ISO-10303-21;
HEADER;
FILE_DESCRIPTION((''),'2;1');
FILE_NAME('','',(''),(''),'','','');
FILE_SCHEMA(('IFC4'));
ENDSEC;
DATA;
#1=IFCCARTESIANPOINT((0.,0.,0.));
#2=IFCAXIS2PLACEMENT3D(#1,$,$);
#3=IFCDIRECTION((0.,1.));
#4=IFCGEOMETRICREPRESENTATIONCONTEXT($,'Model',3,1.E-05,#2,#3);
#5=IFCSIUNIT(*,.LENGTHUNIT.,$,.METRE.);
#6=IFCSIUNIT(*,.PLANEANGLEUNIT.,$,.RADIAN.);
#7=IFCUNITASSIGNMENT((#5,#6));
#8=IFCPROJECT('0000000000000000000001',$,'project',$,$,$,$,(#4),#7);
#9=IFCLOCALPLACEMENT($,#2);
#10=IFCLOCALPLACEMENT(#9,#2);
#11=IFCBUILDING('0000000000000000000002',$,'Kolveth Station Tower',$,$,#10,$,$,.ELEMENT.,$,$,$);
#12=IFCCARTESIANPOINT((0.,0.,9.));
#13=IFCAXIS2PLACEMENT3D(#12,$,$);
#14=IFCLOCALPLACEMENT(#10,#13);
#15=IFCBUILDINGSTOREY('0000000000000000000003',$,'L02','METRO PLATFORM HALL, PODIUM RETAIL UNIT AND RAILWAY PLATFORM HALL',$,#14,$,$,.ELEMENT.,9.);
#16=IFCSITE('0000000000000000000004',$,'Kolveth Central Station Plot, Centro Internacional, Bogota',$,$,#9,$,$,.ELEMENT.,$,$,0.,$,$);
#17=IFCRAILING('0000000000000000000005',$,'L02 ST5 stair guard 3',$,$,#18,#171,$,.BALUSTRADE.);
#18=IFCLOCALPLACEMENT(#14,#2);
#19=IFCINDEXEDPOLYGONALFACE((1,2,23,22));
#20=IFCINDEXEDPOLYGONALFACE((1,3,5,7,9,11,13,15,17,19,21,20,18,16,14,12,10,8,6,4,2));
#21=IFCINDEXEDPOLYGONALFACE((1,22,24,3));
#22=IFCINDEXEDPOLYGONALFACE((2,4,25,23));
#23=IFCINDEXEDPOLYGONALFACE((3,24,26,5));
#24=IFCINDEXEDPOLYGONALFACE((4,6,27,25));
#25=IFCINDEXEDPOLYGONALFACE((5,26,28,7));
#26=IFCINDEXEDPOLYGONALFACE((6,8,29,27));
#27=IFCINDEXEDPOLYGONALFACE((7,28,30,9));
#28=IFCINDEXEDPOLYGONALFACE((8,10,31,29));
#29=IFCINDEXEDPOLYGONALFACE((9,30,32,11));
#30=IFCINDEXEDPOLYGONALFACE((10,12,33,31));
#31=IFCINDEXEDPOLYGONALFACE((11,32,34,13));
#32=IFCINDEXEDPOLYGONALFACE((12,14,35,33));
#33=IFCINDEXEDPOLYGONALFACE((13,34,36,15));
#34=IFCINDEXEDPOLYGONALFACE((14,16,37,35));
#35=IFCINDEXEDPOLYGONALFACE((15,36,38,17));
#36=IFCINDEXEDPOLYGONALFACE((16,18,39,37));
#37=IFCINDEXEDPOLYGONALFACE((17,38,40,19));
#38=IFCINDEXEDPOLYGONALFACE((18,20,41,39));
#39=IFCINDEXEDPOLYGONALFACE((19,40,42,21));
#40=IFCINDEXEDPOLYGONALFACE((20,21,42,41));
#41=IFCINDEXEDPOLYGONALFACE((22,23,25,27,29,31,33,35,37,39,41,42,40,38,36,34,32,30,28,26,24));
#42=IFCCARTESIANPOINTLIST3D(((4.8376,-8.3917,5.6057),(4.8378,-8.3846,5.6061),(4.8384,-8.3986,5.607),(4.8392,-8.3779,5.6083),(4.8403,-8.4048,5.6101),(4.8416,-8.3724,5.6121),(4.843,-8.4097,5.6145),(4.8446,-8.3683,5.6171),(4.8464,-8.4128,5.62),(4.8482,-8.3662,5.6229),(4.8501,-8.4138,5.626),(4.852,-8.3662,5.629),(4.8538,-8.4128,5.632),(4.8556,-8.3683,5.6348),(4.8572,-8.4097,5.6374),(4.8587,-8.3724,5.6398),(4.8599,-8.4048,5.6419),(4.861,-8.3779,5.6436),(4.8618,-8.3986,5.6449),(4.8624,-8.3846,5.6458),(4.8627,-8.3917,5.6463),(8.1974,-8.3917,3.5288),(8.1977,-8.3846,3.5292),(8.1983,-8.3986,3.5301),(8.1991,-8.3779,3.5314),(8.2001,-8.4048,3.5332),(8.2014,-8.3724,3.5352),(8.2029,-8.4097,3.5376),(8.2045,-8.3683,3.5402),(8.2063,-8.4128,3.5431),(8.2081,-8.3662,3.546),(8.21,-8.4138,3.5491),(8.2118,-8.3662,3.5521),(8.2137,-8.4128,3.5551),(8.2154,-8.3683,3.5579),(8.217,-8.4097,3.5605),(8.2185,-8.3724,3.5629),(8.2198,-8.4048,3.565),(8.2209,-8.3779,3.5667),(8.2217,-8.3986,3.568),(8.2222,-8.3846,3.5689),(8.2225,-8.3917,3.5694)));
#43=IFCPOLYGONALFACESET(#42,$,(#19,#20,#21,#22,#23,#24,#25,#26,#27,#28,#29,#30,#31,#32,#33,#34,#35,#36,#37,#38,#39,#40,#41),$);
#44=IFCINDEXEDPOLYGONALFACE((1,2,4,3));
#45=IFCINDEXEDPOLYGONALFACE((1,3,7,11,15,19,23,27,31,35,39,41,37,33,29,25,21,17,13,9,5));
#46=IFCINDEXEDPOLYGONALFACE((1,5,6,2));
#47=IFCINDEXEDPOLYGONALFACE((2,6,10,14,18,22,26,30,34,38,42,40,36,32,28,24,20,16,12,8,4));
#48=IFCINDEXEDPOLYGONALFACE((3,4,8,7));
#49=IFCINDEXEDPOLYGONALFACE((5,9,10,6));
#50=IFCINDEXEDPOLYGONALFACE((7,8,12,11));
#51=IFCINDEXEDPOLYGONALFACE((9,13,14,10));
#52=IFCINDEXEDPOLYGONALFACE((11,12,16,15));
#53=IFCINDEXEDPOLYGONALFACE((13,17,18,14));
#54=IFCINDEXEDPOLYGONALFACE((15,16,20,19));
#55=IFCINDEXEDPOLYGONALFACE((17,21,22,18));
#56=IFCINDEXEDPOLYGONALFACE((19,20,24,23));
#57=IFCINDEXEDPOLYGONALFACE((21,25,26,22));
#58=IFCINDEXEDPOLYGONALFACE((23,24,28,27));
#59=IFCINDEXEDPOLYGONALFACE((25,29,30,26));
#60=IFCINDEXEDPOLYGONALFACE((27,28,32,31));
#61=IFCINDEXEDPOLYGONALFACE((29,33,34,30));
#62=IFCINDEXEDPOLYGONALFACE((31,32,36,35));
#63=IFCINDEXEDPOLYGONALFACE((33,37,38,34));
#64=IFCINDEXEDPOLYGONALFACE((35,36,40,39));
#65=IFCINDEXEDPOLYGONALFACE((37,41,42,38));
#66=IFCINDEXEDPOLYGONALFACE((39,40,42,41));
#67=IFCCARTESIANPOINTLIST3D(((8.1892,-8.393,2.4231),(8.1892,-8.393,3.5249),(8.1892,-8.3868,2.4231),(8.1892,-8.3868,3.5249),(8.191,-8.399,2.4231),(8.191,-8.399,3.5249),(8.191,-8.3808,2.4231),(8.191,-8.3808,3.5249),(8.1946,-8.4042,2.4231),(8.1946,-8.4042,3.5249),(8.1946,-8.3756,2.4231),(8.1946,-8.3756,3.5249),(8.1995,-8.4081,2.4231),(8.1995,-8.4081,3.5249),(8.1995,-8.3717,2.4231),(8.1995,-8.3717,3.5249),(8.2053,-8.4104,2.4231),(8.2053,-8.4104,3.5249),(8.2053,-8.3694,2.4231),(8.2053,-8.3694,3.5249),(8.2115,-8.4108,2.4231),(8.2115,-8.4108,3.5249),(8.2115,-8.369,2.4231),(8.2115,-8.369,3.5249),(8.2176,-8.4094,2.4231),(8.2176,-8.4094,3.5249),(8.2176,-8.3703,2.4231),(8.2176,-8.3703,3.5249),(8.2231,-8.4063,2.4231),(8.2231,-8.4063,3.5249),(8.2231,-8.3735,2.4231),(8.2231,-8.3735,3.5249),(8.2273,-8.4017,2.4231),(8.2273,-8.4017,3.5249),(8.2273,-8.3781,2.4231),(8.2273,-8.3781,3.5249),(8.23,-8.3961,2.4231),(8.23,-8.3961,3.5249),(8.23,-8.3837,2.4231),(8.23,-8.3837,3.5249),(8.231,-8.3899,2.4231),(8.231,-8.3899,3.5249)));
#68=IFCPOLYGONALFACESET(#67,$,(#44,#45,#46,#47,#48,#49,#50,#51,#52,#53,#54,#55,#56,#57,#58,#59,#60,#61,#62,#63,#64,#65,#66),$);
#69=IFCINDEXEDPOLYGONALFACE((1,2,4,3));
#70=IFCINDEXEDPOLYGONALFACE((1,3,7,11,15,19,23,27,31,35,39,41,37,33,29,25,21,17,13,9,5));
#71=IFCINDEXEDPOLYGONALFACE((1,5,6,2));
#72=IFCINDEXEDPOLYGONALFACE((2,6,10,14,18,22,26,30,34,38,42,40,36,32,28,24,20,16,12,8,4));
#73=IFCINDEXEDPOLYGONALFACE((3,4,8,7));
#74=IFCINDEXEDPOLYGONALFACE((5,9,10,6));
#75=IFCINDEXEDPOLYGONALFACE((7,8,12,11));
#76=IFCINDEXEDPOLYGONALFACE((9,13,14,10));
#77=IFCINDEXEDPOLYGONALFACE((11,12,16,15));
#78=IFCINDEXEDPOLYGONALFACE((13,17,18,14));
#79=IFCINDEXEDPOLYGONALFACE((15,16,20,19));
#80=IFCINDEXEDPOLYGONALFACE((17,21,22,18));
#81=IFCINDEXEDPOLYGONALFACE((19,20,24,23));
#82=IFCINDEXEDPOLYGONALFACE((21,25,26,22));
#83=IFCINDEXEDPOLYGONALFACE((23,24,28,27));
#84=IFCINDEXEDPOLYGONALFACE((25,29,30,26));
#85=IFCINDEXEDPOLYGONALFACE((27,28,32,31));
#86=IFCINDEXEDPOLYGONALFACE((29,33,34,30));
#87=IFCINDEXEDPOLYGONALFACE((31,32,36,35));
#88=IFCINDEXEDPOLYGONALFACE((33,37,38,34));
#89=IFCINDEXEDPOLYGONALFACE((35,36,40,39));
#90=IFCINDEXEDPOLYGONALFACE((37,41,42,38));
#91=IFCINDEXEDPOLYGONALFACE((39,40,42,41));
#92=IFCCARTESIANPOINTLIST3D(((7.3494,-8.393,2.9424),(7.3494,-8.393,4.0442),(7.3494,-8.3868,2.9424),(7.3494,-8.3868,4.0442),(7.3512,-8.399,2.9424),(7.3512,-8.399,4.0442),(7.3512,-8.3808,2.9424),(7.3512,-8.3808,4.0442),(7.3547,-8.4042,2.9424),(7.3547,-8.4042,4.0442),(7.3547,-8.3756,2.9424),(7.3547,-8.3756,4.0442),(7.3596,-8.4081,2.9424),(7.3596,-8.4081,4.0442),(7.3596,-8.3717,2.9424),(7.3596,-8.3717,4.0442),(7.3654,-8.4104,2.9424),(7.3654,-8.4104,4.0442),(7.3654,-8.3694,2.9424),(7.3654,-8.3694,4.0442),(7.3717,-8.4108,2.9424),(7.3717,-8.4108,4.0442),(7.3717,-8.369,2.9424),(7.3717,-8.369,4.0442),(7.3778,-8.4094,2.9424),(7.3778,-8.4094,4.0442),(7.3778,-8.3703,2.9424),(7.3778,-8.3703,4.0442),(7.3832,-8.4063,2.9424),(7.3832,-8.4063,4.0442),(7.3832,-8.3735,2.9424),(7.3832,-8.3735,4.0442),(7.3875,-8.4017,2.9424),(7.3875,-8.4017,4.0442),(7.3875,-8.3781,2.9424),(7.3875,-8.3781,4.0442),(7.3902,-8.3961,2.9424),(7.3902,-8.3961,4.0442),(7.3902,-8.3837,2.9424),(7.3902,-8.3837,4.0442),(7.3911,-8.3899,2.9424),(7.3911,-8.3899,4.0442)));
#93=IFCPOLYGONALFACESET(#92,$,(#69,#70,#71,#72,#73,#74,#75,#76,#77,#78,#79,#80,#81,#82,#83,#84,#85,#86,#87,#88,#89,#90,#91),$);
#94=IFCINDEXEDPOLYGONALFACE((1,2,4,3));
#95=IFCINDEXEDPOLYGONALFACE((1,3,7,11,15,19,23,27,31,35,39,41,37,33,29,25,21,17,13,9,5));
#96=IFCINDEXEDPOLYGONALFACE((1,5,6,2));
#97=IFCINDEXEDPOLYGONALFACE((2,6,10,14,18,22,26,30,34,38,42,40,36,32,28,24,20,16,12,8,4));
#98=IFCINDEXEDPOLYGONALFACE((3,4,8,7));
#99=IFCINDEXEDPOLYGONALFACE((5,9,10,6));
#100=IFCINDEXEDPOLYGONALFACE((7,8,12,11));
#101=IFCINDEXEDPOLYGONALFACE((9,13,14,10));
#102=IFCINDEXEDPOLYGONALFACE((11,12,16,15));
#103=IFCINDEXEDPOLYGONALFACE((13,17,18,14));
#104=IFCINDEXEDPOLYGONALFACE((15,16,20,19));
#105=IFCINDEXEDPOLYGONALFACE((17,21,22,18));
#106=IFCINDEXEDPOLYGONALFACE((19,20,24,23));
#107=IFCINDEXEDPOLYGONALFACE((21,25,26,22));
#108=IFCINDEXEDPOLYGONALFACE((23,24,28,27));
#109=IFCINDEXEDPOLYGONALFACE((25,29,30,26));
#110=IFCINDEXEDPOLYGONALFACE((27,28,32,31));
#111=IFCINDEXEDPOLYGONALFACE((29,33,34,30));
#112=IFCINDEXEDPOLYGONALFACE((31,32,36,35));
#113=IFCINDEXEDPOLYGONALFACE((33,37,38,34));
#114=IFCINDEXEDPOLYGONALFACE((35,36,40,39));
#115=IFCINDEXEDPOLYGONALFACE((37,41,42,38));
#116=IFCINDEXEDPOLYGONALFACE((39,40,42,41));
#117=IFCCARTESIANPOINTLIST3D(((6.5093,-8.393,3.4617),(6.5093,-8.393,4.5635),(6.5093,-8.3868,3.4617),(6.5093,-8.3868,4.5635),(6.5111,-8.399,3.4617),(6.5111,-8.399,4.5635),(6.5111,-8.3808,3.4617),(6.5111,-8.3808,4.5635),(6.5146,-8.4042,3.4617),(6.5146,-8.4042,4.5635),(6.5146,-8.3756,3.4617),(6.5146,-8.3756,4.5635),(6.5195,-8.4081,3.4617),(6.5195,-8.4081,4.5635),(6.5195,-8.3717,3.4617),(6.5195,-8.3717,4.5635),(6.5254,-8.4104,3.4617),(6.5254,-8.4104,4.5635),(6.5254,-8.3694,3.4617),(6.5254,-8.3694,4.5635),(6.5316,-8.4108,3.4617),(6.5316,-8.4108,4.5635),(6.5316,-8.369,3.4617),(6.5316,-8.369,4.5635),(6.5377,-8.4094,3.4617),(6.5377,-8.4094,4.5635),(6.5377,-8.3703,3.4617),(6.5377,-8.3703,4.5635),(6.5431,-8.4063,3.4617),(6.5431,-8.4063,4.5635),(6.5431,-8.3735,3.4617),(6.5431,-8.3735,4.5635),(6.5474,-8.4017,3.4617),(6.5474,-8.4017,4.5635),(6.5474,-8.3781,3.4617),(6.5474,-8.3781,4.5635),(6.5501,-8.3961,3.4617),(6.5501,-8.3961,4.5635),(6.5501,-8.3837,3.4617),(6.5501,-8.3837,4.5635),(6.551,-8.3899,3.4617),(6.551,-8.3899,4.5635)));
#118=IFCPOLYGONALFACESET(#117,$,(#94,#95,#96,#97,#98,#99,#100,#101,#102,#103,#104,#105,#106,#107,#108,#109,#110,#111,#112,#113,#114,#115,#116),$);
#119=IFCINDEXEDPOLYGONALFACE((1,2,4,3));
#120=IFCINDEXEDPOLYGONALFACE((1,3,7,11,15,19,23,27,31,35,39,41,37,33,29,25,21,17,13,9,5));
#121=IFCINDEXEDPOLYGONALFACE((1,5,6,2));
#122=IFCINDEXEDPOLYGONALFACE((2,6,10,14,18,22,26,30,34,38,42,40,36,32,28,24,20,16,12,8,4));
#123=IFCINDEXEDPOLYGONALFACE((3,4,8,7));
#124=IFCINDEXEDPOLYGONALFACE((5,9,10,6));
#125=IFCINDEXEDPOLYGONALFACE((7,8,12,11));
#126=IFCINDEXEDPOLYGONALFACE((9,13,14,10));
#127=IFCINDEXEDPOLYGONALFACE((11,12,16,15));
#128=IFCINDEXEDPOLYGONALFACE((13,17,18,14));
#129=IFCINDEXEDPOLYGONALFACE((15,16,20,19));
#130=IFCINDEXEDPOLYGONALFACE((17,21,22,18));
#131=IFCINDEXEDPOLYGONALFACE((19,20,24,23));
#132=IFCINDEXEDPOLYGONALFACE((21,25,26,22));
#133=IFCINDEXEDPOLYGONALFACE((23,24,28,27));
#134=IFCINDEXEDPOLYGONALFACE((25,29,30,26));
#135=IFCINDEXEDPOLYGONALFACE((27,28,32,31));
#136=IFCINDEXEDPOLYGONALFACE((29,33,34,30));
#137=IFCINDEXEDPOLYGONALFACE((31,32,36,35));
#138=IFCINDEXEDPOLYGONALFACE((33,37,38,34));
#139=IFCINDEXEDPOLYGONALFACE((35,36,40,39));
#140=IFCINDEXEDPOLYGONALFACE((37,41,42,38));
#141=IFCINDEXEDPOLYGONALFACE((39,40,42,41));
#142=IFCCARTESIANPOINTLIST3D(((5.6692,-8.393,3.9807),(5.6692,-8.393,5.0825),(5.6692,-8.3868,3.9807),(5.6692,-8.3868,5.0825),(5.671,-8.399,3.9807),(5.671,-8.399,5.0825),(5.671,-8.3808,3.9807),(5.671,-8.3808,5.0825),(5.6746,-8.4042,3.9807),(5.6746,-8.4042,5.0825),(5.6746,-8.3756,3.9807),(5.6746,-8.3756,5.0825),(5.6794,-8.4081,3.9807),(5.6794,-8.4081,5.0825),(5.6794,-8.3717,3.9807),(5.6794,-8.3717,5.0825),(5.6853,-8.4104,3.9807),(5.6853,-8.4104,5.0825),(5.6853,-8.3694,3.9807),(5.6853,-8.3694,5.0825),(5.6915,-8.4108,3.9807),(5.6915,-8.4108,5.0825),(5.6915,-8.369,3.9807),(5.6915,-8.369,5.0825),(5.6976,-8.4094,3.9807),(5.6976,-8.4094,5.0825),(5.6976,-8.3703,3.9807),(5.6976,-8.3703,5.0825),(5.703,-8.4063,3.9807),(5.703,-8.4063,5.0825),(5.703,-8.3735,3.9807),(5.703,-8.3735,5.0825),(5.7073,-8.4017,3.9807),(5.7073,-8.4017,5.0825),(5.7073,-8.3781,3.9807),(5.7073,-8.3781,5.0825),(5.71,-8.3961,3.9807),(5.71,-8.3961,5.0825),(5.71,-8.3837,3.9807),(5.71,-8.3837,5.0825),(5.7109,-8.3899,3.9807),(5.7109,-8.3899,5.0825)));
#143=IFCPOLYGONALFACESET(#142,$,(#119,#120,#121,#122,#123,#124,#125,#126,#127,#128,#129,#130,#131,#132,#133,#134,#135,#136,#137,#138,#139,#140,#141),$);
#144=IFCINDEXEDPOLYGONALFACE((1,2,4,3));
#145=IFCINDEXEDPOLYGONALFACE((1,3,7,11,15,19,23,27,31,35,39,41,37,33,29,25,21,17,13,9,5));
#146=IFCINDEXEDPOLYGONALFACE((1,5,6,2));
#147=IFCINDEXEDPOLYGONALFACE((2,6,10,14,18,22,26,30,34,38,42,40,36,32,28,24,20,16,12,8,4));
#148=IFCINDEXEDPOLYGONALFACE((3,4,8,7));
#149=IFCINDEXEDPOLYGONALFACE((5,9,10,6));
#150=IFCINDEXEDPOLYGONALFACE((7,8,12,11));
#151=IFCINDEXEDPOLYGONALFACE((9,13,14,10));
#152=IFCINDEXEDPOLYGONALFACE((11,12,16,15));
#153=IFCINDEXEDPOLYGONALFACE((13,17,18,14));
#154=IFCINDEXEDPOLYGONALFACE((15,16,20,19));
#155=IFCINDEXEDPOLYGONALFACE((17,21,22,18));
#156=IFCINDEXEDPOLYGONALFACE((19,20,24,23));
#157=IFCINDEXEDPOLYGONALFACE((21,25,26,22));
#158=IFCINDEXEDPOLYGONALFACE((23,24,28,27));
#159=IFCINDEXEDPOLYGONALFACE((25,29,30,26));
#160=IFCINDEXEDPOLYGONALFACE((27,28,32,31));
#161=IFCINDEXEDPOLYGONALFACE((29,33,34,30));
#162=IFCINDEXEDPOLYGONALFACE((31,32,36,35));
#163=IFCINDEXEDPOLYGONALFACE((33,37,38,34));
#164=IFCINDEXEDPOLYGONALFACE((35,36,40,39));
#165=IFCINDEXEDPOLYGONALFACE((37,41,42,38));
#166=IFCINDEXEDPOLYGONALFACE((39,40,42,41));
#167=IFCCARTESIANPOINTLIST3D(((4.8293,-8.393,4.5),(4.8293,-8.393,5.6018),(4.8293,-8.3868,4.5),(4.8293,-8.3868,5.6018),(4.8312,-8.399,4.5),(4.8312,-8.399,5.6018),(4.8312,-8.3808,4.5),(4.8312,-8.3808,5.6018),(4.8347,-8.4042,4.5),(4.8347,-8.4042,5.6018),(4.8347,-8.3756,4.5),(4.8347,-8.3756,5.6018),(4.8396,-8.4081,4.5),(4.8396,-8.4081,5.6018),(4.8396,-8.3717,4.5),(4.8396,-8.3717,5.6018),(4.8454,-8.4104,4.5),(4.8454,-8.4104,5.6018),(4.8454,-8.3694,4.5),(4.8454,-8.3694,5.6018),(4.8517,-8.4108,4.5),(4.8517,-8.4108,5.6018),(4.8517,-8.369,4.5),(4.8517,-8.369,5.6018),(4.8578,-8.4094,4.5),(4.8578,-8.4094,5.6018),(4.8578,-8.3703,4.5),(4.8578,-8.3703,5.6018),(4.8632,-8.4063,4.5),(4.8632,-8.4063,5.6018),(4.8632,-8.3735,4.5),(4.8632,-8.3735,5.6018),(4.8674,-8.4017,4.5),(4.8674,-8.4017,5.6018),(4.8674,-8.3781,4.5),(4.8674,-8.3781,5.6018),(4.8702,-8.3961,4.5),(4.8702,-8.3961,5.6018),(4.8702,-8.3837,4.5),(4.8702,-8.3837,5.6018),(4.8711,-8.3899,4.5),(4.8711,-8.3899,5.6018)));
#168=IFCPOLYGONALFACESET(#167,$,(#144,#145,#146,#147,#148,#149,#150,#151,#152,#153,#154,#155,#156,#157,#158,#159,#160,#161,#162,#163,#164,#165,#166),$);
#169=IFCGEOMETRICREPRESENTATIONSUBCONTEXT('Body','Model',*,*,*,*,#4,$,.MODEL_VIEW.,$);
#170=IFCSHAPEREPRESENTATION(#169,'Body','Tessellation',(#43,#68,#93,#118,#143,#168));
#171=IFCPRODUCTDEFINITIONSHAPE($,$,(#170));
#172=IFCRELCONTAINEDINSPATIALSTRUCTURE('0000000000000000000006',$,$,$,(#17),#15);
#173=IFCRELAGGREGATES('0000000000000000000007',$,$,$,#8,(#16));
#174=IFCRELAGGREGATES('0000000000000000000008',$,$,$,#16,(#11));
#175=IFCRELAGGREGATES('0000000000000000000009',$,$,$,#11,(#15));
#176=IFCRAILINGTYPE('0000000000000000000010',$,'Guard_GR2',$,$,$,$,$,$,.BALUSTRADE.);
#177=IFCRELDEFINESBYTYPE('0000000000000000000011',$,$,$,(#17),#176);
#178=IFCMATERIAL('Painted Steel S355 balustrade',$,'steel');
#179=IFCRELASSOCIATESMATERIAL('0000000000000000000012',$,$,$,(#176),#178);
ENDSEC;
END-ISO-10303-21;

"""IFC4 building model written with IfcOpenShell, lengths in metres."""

from ifc_helpers import new_model, si_unit, direction, frame, origin, origin_2d, place, context, subcontext, project, spatial, circle, extrude, material, type_object, element, save


model = new_model("IFC4")

# Units and contexts
model_context = context("Model", 3, precision=1e-05, world=origin(), true_north=direction((0.0, 1.0)))
body_context = subcontext(model_context, "Body", "Model", "MODEL_VIEW")
ifc_project = project(units=[si_unit("LENGTHUNIT", "METRE"), si_unit("PLANEANGLEUNIT", "RADIAN")], contexts=[model_context])

# Site, building, storey
site_placement = place(None, origin())
site = spatial("IfcSite", under=ifc_project, at=site_placement, Name="Kolveth Central Station Plot, Centro Internacional, Bogota", CompositionType="ELEMENT", RefElevation=0.0)
building_placement = place(site_placement, origin())
building = spatial("IfcBuilding", under=site, at=building_placement, Name="Kolveth Station Tower", CompositionType="ELEMENT")
storey_placement = place(building_placement, frame((0.0, 0.0, 9.0)))
storey = spatial("IfcBuildingStorey", under=building, at=storey_placement, Name="L02", Description="METRO PLATFORM HALL, PODIUM RETAIL UNIT AND RAILWAY PLATFORM HALL", CompositionType="ELEMENT", Elevation=9.0)

# Railing
ifc_material_1 = material(Name="Painted Steel S355 balustrade", Category="steel")
railing_type_1 = type_object("IfcRailingType", Name="Guard_GR2", PredefinedType="BALUSTRADE", material=ifc_material_1)
railing_1_placement = place(storey_placement, frame((8.21, -8.3899, 2.4231)))
element("IfcRailing", 1, at=railing_1_placement, inside=storey, type_object=railing_type_1, Name="L02 ST5 stair guard 3", PredefinedType="BALUSTRADE", context=body_context, shape_type="SweptSolid", body=[
    extrude(circle(Radius=0.0239, at=origin_2d()), frame((0.0, 0.0, 1.126), z_axis=(-0.850606, 0.0, 0.525803), x_axis=(0.0, -1.0, 0.0)), (0.0, 0.0, 1.0), 3.95),
    extrude(circle(Radius=0.021, at=origin_2d()), origin(), (0.0, 0.0, 1.0), 1.1018),
    extrude(circle(Radius=0.021, at=origin_2d()), frame((-0.8398, 0.0, 0.5193)), (0.0, 0.0, 1.0), 1.1018),
    extrude(circle(Radius=0.021, at=origin_2d()), frame((-1.6799, 0.0, 1.0386)), (0.0, 0.0, 1.0), 1.1018),
    extrude(circle(Radius=0.021, at=origin_2d()), frame((-2.52, 0.0, 1.5576)), (0.0, 0.0, 1.0), 1.1018),
    extrude(circle(Radius=0.021, at=origin_2d()), frame((-3.3599, 0.0, 2.0769)), (0.0, 0.0, 1.0), 1.1018),
])

save(model, "model.ifc")
